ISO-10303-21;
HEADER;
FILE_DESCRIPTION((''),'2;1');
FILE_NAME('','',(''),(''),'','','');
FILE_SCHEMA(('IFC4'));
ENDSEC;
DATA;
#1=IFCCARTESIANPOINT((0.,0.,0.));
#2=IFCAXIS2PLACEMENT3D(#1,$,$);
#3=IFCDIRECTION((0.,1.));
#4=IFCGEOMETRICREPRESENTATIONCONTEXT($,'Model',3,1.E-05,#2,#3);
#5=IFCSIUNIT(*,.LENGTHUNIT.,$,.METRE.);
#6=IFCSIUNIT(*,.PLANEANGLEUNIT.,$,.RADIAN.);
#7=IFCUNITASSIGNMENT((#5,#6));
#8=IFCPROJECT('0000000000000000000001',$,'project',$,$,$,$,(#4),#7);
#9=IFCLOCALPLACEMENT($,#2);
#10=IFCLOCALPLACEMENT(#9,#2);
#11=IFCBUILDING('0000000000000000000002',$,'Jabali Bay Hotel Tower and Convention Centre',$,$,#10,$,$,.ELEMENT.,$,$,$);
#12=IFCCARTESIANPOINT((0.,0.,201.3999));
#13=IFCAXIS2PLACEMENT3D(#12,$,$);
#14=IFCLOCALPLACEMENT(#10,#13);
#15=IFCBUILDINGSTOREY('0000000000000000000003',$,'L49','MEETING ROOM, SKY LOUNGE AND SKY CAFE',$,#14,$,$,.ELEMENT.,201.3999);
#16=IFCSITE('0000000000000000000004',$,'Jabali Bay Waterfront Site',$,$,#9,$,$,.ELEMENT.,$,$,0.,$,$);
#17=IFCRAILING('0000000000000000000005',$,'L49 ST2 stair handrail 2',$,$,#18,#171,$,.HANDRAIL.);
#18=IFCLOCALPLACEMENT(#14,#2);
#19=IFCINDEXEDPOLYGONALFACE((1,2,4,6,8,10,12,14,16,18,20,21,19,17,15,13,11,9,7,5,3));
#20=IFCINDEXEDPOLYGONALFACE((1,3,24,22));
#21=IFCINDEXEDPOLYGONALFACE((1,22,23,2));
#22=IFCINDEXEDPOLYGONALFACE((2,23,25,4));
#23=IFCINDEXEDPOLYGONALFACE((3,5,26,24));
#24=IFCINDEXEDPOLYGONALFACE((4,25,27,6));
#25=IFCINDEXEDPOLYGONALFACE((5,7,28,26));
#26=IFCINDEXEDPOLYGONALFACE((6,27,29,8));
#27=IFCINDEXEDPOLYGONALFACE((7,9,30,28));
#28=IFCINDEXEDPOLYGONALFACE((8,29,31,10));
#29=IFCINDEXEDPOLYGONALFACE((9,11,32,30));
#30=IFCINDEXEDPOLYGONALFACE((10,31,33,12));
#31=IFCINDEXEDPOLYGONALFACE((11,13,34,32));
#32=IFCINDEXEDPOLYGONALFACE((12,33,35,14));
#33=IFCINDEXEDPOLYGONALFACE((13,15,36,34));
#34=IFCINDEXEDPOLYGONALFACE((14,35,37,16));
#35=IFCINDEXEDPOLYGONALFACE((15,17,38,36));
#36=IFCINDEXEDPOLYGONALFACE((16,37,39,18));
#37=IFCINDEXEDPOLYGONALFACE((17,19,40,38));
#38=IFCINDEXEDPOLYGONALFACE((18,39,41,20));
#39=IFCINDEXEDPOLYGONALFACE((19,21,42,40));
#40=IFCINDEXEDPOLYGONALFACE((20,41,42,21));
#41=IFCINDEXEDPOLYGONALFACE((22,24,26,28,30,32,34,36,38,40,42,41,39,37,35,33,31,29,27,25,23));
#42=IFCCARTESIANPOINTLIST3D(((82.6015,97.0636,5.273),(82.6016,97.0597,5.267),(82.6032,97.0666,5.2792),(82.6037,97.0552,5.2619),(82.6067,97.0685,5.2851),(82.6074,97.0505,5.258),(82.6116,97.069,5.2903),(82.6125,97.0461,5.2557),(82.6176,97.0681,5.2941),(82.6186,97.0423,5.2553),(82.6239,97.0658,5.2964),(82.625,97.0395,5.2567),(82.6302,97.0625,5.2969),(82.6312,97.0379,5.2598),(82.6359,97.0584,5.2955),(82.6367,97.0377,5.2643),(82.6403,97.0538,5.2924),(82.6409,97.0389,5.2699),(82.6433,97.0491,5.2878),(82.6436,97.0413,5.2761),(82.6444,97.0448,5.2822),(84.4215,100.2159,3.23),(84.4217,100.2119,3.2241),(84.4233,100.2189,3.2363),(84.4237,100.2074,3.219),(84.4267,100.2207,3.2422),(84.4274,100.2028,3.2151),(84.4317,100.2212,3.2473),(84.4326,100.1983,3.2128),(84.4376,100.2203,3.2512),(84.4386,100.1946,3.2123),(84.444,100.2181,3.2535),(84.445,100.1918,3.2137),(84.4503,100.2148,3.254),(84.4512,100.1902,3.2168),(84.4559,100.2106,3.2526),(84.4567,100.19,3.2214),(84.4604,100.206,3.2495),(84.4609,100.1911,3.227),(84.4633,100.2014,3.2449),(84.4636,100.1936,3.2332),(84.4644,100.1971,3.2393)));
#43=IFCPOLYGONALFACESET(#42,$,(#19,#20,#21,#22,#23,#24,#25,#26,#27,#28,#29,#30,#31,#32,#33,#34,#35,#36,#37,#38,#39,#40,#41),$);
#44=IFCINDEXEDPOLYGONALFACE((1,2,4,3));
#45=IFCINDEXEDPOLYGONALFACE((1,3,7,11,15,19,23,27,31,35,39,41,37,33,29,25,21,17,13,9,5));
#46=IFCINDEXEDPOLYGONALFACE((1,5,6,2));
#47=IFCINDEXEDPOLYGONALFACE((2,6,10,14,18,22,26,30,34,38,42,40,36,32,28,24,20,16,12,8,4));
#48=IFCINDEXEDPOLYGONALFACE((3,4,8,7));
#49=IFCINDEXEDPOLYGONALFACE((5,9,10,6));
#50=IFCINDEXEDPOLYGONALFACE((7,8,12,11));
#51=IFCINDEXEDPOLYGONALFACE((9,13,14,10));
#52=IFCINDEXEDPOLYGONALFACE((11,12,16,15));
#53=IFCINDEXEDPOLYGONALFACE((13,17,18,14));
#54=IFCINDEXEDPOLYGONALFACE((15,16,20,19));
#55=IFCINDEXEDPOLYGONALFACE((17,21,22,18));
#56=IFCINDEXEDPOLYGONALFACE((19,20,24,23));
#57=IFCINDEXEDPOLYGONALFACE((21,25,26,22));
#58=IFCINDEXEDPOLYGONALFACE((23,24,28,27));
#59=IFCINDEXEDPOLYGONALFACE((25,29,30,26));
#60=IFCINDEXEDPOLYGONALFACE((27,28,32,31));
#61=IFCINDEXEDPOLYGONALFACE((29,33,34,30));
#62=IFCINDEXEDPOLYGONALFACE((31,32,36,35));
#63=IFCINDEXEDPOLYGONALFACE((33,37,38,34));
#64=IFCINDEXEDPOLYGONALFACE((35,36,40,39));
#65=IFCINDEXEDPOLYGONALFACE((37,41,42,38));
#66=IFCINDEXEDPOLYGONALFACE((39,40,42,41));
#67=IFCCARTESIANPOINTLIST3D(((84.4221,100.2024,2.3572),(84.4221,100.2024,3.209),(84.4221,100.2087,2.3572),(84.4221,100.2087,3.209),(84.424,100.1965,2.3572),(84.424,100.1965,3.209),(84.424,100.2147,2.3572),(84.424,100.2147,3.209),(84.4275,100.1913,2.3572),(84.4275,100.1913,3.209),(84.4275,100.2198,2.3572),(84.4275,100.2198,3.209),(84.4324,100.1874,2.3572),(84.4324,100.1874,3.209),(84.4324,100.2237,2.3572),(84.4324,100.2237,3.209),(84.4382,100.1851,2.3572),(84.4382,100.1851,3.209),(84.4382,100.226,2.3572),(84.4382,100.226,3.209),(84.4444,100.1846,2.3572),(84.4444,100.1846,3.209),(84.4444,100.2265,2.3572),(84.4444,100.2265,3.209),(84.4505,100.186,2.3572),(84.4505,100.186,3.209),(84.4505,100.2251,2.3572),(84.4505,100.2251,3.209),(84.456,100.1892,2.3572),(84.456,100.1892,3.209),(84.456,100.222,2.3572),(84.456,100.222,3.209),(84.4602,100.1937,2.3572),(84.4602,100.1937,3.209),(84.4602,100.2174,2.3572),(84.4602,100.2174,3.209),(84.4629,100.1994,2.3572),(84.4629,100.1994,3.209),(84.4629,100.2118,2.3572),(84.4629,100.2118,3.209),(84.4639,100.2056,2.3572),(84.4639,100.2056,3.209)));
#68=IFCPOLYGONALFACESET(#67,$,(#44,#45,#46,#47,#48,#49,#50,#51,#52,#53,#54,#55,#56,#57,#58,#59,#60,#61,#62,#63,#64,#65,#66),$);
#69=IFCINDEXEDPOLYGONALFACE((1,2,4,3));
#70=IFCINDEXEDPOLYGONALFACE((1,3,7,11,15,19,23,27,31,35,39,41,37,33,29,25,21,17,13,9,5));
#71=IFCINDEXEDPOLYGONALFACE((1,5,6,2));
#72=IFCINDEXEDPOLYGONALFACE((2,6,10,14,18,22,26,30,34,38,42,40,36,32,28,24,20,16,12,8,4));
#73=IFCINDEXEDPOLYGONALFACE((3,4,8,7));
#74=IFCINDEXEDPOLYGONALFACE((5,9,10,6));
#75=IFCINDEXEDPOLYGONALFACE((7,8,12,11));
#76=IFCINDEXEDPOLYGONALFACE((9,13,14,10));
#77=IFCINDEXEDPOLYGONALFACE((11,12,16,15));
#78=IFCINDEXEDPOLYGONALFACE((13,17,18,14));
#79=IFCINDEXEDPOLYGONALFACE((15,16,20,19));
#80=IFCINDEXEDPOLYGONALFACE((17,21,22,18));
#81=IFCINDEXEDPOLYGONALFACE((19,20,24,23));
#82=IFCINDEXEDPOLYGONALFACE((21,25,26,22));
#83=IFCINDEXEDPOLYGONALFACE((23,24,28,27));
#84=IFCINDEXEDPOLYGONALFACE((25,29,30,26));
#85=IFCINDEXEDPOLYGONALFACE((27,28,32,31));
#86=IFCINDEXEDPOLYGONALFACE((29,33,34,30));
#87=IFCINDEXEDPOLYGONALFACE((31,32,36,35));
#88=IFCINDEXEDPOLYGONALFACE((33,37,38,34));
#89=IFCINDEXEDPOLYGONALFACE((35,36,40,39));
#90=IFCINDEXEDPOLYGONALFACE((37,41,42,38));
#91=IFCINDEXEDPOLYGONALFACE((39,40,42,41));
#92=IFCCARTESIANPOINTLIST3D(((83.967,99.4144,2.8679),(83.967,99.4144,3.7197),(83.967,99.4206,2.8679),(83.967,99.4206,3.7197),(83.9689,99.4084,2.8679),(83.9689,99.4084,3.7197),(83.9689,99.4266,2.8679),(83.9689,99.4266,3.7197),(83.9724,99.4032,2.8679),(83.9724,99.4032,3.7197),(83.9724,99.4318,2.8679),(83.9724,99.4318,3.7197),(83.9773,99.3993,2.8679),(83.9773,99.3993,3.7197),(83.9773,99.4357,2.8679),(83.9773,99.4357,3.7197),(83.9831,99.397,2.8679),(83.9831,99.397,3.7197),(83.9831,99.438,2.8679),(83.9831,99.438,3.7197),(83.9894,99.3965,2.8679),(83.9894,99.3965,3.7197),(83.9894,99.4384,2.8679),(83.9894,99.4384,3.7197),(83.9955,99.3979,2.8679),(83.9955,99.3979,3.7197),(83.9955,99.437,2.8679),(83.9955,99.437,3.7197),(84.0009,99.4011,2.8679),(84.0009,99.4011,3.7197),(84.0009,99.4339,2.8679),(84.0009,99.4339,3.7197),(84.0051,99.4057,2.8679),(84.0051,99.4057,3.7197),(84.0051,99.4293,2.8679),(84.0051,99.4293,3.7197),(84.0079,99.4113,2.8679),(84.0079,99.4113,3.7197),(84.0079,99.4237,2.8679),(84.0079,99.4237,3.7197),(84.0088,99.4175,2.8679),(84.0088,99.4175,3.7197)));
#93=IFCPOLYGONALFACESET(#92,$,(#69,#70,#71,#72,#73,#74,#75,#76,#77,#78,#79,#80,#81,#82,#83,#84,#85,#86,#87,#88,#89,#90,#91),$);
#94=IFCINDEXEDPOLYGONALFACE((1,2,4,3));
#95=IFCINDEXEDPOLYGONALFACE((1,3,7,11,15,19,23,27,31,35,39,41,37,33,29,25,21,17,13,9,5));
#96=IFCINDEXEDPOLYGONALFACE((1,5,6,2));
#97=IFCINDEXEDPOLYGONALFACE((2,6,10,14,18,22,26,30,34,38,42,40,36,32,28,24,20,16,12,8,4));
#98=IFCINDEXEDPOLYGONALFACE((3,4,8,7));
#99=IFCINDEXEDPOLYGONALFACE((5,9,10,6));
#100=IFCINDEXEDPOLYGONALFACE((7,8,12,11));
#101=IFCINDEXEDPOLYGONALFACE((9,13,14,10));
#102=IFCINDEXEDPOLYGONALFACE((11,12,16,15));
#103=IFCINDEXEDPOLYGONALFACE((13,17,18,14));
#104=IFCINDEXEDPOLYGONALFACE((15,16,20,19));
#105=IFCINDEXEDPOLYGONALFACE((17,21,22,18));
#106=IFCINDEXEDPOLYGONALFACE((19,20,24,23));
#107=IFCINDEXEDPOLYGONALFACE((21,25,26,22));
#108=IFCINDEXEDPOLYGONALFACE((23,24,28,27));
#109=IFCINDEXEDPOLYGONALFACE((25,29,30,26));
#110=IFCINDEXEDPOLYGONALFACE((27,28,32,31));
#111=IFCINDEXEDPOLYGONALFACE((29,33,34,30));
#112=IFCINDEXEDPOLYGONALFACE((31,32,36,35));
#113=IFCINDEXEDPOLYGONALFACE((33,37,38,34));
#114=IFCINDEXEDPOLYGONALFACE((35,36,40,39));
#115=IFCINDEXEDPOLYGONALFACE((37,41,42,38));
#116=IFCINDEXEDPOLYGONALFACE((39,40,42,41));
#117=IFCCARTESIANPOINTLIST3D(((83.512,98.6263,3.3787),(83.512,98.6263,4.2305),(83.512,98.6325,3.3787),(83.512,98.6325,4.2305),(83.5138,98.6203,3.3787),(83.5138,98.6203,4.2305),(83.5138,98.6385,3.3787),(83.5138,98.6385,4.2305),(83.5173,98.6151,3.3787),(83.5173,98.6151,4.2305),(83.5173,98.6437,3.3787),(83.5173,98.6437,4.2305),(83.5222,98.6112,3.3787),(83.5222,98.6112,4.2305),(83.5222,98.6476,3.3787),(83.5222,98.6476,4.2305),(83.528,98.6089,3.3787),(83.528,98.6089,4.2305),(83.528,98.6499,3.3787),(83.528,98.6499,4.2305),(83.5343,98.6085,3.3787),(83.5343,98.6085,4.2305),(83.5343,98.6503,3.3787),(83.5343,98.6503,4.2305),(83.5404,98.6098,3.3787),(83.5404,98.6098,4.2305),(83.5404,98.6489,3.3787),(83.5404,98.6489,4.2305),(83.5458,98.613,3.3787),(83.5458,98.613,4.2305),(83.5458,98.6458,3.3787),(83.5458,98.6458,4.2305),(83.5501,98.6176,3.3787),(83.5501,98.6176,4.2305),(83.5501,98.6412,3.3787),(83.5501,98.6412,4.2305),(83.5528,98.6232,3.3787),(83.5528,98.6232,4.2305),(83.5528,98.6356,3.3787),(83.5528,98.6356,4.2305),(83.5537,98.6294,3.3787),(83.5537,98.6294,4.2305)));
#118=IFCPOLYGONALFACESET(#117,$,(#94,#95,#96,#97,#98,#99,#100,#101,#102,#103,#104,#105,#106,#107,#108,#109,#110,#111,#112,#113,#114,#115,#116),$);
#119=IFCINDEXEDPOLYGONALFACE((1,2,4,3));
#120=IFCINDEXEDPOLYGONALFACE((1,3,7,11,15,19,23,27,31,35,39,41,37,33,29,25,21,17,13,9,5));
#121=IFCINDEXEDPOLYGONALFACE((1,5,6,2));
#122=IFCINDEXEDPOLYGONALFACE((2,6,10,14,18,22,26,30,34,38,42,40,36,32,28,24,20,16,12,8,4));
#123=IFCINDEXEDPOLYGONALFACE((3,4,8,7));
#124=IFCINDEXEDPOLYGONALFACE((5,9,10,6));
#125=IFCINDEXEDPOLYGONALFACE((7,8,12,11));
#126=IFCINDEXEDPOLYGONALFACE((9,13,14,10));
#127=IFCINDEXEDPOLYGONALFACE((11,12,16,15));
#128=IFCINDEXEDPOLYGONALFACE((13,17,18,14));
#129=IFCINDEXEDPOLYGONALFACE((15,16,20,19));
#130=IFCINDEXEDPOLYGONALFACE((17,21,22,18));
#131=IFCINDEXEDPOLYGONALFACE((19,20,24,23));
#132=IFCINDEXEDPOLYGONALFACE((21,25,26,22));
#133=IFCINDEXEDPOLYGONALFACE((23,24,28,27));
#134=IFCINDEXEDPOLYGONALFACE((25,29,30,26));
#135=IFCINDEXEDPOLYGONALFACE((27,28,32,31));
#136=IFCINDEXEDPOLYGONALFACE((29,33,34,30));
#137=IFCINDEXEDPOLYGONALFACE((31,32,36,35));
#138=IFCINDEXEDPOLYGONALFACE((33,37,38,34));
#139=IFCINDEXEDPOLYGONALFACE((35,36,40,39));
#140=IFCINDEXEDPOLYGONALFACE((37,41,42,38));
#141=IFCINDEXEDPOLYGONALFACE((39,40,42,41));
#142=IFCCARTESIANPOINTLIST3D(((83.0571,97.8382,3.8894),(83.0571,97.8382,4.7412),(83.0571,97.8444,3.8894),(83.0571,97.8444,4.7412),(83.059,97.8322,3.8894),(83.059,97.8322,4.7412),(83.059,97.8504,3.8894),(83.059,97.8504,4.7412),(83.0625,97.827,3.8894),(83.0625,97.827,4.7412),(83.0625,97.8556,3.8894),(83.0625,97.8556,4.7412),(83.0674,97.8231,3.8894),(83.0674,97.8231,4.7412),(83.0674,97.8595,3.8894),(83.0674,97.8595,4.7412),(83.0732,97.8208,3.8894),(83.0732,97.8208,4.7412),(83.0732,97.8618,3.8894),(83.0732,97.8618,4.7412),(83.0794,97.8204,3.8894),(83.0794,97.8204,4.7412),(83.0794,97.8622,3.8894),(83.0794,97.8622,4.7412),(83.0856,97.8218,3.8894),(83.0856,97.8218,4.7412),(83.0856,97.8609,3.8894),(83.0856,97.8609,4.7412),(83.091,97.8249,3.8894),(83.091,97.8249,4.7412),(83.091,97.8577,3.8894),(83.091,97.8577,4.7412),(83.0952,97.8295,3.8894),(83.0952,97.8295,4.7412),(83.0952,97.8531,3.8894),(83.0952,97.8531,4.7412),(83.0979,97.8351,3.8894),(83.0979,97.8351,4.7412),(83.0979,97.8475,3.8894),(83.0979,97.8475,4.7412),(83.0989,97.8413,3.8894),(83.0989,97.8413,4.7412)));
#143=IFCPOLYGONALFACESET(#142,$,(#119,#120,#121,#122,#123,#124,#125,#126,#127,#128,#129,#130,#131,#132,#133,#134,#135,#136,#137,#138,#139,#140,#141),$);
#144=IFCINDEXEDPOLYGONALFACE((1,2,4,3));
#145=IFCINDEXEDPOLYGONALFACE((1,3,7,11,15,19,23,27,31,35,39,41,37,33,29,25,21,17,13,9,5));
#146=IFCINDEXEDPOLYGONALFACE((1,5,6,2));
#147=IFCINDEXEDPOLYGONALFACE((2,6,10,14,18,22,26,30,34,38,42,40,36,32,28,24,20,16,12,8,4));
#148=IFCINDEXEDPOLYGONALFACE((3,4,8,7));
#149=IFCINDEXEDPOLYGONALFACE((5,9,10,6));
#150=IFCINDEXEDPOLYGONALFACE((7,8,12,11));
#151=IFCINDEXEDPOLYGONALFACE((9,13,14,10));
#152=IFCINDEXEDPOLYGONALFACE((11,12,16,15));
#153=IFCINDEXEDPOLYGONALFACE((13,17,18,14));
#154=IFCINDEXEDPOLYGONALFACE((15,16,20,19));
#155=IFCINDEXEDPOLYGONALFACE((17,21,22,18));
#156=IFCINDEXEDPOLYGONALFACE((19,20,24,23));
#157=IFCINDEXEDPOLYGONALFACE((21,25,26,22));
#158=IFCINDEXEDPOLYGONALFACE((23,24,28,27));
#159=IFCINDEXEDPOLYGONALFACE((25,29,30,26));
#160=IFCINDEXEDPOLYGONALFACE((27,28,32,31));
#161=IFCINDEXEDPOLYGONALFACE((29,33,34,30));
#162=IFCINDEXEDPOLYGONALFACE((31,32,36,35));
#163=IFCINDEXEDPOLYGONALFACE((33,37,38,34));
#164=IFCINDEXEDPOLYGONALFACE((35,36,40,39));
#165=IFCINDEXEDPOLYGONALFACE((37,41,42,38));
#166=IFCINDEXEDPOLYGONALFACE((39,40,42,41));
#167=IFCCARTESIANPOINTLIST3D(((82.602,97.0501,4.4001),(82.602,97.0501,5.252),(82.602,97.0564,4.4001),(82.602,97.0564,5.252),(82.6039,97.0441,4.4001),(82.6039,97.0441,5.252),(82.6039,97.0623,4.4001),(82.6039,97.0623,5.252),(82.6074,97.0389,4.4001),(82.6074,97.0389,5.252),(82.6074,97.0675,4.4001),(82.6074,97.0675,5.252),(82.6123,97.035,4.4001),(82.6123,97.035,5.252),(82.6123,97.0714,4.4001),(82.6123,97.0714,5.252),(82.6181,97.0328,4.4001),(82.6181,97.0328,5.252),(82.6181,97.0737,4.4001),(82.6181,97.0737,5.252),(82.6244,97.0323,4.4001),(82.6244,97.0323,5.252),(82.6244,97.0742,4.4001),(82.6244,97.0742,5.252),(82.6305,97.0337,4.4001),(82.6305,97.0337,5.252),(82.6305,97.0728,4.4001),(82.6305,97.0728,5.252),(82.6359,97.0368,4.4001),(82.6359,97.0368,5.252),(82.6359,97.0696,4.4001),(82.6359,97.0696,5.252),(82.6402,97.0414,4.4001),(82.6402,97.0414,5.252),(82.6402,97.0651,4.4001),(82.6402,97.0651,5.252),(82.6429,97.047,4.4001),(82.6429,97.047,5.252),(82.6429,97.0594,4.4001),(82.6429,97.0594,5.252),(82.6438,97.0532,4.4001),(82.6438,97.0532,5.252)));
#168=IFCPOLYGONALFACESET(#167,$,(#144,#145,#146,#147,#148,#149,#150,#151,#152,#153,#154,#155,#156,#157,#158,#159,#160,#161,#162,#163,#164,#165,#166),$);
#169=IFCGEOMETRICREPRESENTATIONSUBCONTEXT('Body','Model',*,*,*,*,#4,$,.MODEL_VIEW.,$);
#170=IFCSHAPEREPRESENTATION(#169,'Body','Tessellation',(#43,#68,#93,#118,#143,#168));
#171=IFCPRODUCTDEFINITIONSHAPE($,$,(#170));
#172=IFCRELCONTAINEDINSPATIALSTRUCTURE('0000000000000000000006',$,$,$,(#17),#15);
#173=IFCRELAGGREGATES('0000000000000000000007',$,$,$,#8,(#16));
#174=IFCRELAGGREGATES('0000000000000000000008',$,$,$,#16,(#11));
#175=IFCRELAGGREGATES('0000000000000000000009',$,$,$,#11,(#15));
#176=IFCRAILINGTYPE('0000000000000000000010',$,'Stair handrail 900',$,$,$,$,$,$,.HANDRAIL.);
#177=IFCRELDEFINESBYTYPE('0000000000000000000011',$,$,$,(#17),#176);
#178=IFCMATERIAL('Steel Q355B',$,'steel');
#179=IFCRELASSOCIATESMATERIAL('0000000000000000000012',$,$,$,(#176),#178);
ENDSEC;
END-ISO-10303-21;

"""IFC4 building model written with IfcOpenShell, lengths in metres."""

from ifc_helpers import new_model, si_unit, direction, frame, origin, origin_2d, place, context, subcontext, project, spatial, circle, extrude, material, type_object, element, save


model = new_model("IFC4")

# Units and contexts
model_context = context("Model", 3, precision=1e-05, world=origin(), true_north=direction((0.0, 1.0)))
body_context = subcontext(model_context, "Body", "Model", "MODEL_VIEW")
ifc_project = project(units=[si_unit("LENGTHUNIT", "METRE"), si_unit("PLANEANGLEUNIT", "RADIAN")], contexts=[model_context])

# Site, building, storey
site_placement = place(None, origin())
site = spatial("IfcSite", under=ifc_project, at=site_placement, Name="Jabali Bay Waterfront Site", CompositionType="ELEMENT", RefElevation=0.0)
building_placement = place(site_placement, origin())
building = spatial("IfcBuilding", under=site, at=building_placement, Name="Jabali Bay Hotel Tower and Convention Centre", CompositionType="ELEMENT")
storey_placement = place(building_placement, frame((0.0, 0.0, 201.3999)))
storey = spatial("IfcBuildingStorey", under=building, at=storey_placement, Name="L49", Description="MEETING ROOM, SKY LOUNGE AND SKY CAFE", CompositionType="ELEMENT", Elevation=201.3999)

# Railing
ifc_material_1 = material(Name="Steel Q355B", Category="steel")
railing_type_1 = type_object("IfcRailingType", Name="Stair handrail 900", PredefinedType="HANDRAIL", material=ifc_material_1)
railing_1_placement = place(storey_placement, frame((84.4429, 100.2056, 2.3572)))
element("IfcRailing", 1, at=railing_1_placement, inside=storey, type_object=railing_type_1, Name="L49 ST2 stair handrail 2", PredefinedType="HANDRAIL", context=body_context, shape_type="SweptSolid", body=[
    extrude(circle(Radius=0.0239, at=origin_2d()), frame((0.0, 0.0, 0.876), z_axis=(-0.436032, -0.755204, 0.489432), x_axis=(0.866018, -0.500013, 0.0)), (0.0, 0.0, 1.0), 4.1741),
    extrude(circle(Radius=0.021, at=origin_2d()), origin(), (0.0, 0.0, 1.0), 0.8518),
    extrude(circle(Radius=0.021, at=origin_2d()), frame((-0.4551, -0.7881, 0.5107)), (0.0, 0.0, 1.0), 0.8518),
    extrude(circle(Radius=0.021, at=origin_2d()), frame((-0.9102, -1.5762, 1.0215)), (0.0, 0.0, 1.0), 0.8518),
    extrude(circle(Radius=0.021, at=origin_2d()), frame((-1.365, -2.3643, 1.5322)), (0.0, 0.0, 1.0), 0.8518),
    extrude(circle(Radius=0.021, at=origin_2d()), frame((-1.8201, -3.1523, 2.043)), (0.0, 0.0, 1.0), 0.8518),
])

save(model, "model.ifc")
